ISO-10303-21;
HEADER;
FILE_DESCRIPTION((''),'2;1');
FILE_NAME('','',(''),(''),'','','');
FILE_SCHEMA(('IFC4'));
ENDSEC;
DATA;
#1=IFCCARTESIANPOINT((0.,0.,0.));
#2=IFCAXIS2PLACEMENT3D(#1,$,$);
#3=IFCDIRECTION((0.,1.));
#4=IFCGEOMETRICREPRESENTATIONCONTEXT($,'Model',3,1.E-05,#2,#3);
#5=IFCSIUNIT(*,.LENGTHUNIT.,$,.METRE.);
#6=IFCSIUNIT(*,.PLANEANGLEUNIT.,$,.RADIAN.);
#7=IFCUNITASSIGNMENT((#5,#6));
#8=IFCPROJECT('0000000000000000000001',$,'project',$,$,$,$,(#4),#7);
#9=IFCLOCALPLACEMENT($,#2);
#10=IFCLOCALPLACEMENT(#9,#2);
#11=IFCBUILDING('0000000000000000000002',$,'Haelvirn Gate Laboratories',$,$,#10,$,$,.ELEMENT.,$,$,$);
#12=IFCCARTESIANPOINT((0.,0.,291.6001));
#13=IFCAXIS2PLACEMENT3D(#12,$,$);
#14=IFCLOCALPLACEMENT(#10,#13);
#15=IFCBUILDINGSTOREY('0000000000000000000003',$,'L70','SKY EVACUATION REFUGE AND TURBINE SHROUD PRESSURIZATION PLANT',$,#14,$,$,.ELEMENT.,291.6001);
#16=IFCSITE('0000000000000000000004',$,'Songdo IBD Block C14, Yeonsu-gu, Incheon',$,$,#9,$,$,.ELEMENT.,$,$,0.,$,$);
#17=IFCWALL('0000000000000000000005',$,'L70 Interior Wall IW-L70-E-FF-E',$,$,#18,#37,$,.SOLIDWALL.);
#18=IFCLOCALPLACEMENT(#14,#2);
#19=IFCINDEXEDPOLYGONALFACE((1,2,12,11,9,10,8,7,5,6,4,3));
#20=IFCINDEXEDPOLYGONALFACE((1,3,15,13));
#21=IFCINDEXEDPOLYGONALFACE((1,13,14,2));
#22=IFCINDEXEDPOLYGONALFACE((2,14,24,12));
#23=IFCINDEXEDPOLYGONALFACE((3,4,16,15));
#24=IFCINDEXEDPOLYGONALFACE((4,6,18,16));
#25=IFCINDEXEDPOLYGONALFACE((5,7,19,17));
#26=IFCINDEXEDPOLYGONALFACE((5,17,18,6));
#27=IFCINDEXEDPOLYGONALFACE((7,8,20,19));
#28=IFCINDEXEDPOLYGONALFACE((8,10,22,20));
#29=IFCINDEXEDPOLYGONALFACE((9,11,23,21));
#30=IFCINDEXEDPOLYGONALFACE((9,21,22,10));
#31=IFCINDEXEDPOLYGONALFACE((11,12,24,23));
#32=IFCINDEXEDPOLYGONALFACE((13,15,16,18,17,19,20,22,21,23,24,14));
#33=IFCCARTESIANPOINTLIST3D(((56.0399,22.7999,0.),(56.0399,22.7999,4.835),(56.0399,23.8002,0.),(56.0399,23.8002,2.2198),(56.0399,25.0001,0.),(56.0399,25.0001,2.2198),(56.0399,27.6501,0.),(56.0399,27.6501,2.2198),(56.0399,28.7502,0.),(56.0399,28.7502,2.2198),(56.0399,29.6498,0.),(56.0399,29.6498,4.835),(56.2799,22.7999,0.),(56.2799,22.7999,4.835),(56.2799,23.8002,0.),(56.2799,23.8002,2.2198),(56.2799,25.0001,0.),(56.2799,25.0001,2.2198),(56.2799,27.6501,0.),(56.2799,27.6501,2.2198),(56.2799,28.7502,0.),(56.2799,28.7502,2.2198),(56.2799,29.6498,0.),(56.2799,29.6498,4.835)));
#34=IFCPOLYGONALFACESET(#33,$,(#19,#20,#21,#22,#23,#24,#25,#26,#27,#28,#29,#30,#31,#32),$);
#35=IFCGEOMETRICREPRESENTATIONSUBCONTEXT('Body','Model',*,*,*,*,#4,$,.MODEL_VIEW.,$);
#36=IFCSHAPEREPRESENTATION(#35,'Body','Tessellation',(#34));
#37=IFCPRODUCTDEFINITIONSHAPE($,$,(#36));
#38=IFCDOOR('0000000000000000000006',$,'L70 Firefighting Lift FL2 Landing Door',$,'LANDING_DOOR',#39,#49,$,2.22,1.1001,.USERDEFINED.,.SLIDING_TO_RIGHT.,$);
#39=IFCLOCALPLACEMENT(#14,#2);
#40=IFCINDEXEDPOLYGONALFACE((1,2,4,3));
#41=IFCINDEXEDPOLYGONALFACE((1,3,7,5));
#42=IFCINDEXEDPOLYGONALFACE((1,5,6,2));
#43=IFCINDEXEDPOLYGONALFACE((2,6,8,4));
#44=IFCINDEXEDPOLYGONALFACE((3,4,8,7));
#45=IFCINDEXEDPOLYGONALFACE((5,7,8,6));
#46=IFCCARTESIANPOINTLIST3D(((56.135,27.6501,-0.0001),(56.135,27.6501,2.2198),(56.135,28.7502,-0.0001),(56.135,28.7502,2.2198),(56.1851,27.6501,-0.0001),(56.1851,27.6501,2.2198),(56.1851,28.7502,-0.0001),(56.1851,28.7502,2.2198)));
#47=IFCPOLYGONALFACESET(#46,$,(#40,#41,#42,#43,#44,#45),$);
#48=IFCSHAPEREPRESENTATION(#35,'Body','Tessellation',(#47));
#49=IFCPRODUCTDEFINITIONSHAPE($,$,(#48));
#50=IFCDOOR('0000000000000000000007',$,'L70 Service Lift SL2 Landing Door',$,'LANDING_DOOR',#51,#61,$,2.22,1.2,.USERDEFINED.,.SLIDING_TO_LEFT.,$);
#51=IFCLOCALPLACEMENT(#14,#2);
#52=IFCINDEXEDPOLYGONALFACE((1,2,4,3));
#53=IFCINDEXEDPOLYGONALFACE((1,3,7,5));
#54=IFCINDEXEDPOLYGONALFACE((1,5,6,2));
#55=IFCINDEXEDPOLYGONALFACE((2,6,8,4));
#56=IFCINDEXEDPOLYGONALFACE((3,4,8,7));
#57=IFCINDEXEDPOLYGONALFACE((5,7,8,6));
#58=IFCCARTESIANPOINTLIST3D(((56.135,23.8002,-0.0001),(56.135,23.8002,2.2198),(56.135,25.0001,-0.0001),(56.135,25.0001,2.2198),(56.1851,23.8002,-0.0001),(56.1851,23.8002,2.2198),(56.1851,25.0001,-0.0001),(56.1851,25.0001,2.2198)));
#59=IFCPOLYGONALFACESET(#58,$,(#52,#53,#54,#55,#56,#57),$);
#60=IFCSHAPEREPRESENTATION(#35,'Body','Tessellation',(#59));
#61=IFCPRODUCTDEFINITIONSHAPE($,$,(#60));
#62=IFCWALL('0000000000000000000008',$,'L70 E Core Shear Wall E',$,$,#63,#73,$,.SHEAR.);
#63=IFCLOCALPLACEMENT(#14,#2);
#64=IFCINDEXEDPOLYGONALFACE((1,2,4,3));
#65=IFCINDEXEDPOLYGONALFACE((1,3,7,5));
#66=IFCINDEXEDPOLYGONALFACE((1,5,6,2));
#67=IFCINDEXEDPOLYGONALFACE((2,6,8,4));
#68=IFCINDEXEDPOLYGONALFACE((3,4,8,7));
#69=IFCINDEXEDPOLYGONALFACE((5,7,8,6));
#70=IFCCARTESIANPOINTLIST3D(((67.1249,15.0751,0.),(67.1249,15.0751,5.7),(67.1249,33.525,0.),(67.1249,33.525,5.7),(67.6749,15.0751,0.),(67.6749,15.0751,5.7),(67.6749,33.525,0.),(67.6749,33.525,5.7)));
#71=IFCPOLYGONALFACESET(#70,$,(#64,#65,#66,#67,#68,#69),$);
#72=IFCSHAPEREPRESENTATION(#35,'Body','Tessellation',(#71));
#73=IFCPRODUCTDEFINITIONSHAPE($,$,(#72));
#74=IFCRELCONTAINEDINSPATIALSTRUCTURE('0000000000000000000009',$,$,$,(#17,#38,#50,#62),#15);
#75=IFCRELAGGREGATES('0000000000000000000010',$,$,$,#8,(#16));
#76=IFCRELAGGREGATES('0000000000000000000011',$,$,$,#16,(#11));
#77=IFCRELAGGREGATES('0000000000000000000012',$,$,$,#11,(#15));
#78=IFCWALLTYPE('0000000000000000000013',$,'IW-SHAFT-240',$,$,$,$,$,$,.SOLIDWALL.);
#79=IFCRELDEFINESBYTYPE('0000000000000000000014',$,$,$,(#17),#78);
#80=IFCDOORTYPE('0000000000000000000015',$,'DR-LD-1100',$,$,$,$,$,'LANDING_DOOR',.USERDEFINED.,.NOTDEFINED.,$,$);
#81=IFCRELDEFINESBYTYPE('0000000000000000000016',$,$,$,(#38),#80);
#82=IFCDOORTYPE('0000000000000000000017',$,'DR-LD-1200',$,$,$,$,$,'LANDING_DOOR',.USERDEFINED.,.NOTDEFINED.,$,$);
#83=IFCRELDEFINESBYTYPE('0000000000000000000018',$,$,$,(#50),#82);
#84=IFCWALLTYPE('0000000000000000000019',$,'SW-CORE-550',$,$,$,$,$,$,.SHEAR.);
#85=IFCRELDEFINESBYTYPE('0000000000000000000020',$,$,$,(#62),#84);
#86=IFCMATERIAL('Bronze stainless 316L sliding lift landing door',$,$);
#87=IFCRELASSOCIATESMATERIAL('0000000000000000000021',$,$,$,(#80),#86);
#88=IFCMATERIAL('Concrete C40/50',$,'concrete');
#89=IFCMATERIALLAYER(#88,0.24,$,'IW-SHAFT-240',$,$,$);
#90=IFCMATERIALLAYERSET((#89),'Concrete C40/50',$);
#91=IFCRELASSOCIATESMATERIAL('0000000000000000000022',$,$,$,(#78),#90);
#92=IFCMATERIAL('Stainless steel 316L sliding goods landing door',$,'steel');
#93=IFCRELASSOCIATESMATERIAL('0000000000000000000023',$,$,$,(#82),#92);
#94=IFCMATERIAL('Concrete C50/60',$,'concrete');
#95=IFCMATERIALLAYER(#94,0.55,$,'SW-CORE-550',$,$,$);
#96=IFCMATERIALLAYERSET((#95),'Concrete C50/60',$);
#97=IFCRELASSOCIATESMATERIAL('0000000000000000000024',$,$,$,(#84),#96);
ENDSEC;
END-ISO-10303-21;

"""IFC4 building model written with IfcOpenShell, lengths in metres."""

from ifc_helpers import new_model, si_unit, direction, frame, frame_2d, origin, place, context, subcontext, project, spatial, rectangle, extrude, source, transform, mapped, material, layer, layer_set, type_object, type_shapes, element, fill, save


model = new_model("IFC4")

# Units and contexts
model_context = context("Model", 3, precision=1e-05, world=origin(), true_north=direction((0.0, 1.0)))
body_context = subcontext(model_context, "Body", "Model", "MODEL_VIEW")
ifc_project = project(units=[si_unit("LENGTHUNIT", "METRE"), si_unit("PLANEANGLEUNIT", "RADIAN")], contexts=[model_context])

# Site, building, storey
site_placement = place(None, origin())
site = spatial("IfcSite", under=ifc_project, at=site_placement, Name="Songdo IBD Block C14, Yeonsu-gu, Incheon", CompositionType="ELEMENT", RefElevation=0.0)
building_placement = place(site_placement, origin())
building = spatial("IfcBuilding", under=site, at=building_placement, Name="Haelvirn Gate Laboratories", CompositionType="ELEMENT")
storey_placement = place(building_placement, frame((0.0, 0.0, 291.6001)))
storey = spatial("IfcBuildingStorey", under=building, at=storey_placement, Name="L70", Description="SKY EVACUATION REFUGE AND TURBINE SHROUD PRESSURIZATION PLANT", CompositionType="ELEMENT", Elevation=291.6001)

# Shared definitions
ifc_material_1 = material(Name="Concrete C50/60", Category="concrete")

# Shared definitions
ifc_material_2 = material(Name="Concrete C40/50", Category="concrete")

# Shared definitions
ifc_material_3 = material(Name="Bronze stainless 316L sliding lift landing door")
door_type_1 = type_object("IfcDoorType", Name="DR-LD-1100", ElementType="LANDING_DOOR", OperationType="NOTDEFINED", PredefinedType="USERDEFINED", material=ifc_material_3)
shared_shape_1 = source(origin(), body_context, "Body", "SweptSolid", [
    extrude(rectangle(XDim=1.1001, YDim=2.22, at=frame_2d((0.55, 1.1099))), frame((0.0, 0.0249, 0.0), z_axis=(0.0, -1.0, 0.0), x_axis=(1.0, 0.0, 0.0)), (0.0, 0.0, 1.0), 0.05),
])
type_shapes(door_type_1, [shared_shape_1])

# Wall, openings, doors
ifc_layer_1 = layer(ifc_material_2, 0.24, Name="IW-SHAFT-240")
ifc_layer_set_1 = layer_set([ifc_layer_1], Name="Concrete C40/50")
wall_type_1 = type_object("IfcWallType", Name="IW-SHAFT-240", PredefinedType="SOLIDWALL", material=ifc_layer_set_1)
wall_1_placement = place(storey_placement, frame((56.1599, 22.8, 0.0), z_axis=(0.0, 0.0, 1.0), x_axis=(0.0, 1.0, 0.0)))
wall_1 = element("IfcWall", 1, at=wall_1_placement, inside=storey, type_object=wall_type_1, Name="L70 Interior Wall IW-L70-E-FF-E", PredefinedType="SOLIDWALL", context=body_context, shape_type="SweptSolid", body=[
    extrude(rectangle(XDim=6.8499, YDim=0.24, at=frame_2d((3.4248, 0.0))), origin(), (0.0, 0.0, 1.0), 4.835),
])
opening_1_placement = place(wall_1_placement, frame((4.8501, 0.0, 0.0)))
opening_1 = element("IfcOpeningElement", 2, at=opening_1_placement, cuts=wall_1, PredefinedType="OPENING", context=body_context, shape_type="SweptSolid", body=[
    extrude(rectangle(XDim=1.1001, YDim=2.22, at=frame_2d((0.55, 1.1099))), frame((0.0, 0.1299, 0.0), z_axis=(0.0, -1.0, 0.0), x_axis=(1.0, 0.0, 0.0)), (0.0, 0.0, 1.0), 0.26),
])
opening_2_placement = place(wall_1_placement, frame((1.0, 0.0, 0.0)))
opening_2 = element("IfcOpeningElement", 3, at=opening_2_placement, cuts=wall_1, PredefinedType="OPENING", context=body_context, shape_type="SweptSolid", body=[
    extrude(rectangle(XDim=1.2, YDim=2.22, at=frame_2d((0.6001, 1.1099))), frame((0.0, 0.1299, 0.0), z_axis=(0.0, -1.0, 0.0), x_axis=(1.0, 0.0, 0.0)), (0.0, 0.0, 1.0), 0.26),
])
door_1_placement = place(opening_1_placement, origin())
door_1 = element("IfcDoor", 4, at=door_1_placement, inside=storey, type_object=door_type_1, Name="L70 Firefighting Lift FL2 Landing Door", ObjectType="LANDING_DOOR", OperationType="SLIDING_TO_RIGHT", OverallHeight=2.22, OverallWidth=1.1001, PredefinedType="USERDEFINED", context=body_context, shape_type="MappedRepresentation", body=[
    mapped(shared_shape_1, transform((0.0, 0.0, 0.0), scale=1.0)),
])
fill(opening_1, door_1)
ifc_material_4 = material(Name="Stainless steel 316L sliding goods landing door", Category="steel")
door_type_2 = type_object("IfcDoorType", Name="DR-LD-1200", ElementType="LANDING_DOOR", OperationType="NOTDEFINED", PredefinedType="USERDEFINED", material=ifc_material_4)
shared_shape_2 = source(origin(), body_context, "Body", "SweptSolid", [
    extrude(rectangle(XDim=1.2, YDim=2.22, at=frame_2d((0.6001, 1.1099))), frame((0.0, 0.0249, 0.0), z_axis=(0.0, -1.0, 0.0), x_axis=(1.0, 0.0, 0.0)), (0.0, 0.0, 1.0), 0.05),
])
type_shapes(door_type_2, [shared_shape_2])
door_2_placement = place(opening_2_placement, origin())
door_2 = element("IfcDoor", 5, at=door_2_placement, inside=storey, type_object=door_type_2, Name="L70 Service Lift SL2 Landing Door", ObjectType="LANDING_DOOR", OperationType="SLIDING_TO_LEFT", OverallHeight=2.22, OverallWidth=1.2, PredefinedType="USERDEFINED", context=body_context, shape_type="MappedRepresentation", body=[
    mapped(shared_shape_2, transform((0.0, 0.0, 0.0), scale=1.0)),
])
fill(opening_2, door_2)

# Wall
ifc_layer_2 = layer(ifc_material_1, 0.55, Name="SW-CORE-550")
ifc_layer_set_2 = layer_set([ifc_layer_2], Name="Concrete C50/60")
wall_type_2 = type_object("IfcWallType", Name="SW-CORE-550", PredefinedType="SHEAR", material=ifc_layer_set_2)
wall_2_placement = place(storey_placement, frame((67.3999, 15.075, 0.0), z_axis=(0.0, 0.0, 1.0), x_axis=(0.0, 1.0, 0.0)))
element("IfcWall", 6, at=wall_2_placement, inside=storey, type_object=wall_type_2, Name="L70 E Core Shear Wall E", PredefinedType="SHEAR", context=body_context, shape_type="SweptSolid", body=[
    extrude(rectangle(XDim=18.45, YDim=0.55, at=frame_2d((9.2251, 0.0))), origin(), (0.0, 0.0, 1.0), 5.7),
])

save(model, "model.ifc")
